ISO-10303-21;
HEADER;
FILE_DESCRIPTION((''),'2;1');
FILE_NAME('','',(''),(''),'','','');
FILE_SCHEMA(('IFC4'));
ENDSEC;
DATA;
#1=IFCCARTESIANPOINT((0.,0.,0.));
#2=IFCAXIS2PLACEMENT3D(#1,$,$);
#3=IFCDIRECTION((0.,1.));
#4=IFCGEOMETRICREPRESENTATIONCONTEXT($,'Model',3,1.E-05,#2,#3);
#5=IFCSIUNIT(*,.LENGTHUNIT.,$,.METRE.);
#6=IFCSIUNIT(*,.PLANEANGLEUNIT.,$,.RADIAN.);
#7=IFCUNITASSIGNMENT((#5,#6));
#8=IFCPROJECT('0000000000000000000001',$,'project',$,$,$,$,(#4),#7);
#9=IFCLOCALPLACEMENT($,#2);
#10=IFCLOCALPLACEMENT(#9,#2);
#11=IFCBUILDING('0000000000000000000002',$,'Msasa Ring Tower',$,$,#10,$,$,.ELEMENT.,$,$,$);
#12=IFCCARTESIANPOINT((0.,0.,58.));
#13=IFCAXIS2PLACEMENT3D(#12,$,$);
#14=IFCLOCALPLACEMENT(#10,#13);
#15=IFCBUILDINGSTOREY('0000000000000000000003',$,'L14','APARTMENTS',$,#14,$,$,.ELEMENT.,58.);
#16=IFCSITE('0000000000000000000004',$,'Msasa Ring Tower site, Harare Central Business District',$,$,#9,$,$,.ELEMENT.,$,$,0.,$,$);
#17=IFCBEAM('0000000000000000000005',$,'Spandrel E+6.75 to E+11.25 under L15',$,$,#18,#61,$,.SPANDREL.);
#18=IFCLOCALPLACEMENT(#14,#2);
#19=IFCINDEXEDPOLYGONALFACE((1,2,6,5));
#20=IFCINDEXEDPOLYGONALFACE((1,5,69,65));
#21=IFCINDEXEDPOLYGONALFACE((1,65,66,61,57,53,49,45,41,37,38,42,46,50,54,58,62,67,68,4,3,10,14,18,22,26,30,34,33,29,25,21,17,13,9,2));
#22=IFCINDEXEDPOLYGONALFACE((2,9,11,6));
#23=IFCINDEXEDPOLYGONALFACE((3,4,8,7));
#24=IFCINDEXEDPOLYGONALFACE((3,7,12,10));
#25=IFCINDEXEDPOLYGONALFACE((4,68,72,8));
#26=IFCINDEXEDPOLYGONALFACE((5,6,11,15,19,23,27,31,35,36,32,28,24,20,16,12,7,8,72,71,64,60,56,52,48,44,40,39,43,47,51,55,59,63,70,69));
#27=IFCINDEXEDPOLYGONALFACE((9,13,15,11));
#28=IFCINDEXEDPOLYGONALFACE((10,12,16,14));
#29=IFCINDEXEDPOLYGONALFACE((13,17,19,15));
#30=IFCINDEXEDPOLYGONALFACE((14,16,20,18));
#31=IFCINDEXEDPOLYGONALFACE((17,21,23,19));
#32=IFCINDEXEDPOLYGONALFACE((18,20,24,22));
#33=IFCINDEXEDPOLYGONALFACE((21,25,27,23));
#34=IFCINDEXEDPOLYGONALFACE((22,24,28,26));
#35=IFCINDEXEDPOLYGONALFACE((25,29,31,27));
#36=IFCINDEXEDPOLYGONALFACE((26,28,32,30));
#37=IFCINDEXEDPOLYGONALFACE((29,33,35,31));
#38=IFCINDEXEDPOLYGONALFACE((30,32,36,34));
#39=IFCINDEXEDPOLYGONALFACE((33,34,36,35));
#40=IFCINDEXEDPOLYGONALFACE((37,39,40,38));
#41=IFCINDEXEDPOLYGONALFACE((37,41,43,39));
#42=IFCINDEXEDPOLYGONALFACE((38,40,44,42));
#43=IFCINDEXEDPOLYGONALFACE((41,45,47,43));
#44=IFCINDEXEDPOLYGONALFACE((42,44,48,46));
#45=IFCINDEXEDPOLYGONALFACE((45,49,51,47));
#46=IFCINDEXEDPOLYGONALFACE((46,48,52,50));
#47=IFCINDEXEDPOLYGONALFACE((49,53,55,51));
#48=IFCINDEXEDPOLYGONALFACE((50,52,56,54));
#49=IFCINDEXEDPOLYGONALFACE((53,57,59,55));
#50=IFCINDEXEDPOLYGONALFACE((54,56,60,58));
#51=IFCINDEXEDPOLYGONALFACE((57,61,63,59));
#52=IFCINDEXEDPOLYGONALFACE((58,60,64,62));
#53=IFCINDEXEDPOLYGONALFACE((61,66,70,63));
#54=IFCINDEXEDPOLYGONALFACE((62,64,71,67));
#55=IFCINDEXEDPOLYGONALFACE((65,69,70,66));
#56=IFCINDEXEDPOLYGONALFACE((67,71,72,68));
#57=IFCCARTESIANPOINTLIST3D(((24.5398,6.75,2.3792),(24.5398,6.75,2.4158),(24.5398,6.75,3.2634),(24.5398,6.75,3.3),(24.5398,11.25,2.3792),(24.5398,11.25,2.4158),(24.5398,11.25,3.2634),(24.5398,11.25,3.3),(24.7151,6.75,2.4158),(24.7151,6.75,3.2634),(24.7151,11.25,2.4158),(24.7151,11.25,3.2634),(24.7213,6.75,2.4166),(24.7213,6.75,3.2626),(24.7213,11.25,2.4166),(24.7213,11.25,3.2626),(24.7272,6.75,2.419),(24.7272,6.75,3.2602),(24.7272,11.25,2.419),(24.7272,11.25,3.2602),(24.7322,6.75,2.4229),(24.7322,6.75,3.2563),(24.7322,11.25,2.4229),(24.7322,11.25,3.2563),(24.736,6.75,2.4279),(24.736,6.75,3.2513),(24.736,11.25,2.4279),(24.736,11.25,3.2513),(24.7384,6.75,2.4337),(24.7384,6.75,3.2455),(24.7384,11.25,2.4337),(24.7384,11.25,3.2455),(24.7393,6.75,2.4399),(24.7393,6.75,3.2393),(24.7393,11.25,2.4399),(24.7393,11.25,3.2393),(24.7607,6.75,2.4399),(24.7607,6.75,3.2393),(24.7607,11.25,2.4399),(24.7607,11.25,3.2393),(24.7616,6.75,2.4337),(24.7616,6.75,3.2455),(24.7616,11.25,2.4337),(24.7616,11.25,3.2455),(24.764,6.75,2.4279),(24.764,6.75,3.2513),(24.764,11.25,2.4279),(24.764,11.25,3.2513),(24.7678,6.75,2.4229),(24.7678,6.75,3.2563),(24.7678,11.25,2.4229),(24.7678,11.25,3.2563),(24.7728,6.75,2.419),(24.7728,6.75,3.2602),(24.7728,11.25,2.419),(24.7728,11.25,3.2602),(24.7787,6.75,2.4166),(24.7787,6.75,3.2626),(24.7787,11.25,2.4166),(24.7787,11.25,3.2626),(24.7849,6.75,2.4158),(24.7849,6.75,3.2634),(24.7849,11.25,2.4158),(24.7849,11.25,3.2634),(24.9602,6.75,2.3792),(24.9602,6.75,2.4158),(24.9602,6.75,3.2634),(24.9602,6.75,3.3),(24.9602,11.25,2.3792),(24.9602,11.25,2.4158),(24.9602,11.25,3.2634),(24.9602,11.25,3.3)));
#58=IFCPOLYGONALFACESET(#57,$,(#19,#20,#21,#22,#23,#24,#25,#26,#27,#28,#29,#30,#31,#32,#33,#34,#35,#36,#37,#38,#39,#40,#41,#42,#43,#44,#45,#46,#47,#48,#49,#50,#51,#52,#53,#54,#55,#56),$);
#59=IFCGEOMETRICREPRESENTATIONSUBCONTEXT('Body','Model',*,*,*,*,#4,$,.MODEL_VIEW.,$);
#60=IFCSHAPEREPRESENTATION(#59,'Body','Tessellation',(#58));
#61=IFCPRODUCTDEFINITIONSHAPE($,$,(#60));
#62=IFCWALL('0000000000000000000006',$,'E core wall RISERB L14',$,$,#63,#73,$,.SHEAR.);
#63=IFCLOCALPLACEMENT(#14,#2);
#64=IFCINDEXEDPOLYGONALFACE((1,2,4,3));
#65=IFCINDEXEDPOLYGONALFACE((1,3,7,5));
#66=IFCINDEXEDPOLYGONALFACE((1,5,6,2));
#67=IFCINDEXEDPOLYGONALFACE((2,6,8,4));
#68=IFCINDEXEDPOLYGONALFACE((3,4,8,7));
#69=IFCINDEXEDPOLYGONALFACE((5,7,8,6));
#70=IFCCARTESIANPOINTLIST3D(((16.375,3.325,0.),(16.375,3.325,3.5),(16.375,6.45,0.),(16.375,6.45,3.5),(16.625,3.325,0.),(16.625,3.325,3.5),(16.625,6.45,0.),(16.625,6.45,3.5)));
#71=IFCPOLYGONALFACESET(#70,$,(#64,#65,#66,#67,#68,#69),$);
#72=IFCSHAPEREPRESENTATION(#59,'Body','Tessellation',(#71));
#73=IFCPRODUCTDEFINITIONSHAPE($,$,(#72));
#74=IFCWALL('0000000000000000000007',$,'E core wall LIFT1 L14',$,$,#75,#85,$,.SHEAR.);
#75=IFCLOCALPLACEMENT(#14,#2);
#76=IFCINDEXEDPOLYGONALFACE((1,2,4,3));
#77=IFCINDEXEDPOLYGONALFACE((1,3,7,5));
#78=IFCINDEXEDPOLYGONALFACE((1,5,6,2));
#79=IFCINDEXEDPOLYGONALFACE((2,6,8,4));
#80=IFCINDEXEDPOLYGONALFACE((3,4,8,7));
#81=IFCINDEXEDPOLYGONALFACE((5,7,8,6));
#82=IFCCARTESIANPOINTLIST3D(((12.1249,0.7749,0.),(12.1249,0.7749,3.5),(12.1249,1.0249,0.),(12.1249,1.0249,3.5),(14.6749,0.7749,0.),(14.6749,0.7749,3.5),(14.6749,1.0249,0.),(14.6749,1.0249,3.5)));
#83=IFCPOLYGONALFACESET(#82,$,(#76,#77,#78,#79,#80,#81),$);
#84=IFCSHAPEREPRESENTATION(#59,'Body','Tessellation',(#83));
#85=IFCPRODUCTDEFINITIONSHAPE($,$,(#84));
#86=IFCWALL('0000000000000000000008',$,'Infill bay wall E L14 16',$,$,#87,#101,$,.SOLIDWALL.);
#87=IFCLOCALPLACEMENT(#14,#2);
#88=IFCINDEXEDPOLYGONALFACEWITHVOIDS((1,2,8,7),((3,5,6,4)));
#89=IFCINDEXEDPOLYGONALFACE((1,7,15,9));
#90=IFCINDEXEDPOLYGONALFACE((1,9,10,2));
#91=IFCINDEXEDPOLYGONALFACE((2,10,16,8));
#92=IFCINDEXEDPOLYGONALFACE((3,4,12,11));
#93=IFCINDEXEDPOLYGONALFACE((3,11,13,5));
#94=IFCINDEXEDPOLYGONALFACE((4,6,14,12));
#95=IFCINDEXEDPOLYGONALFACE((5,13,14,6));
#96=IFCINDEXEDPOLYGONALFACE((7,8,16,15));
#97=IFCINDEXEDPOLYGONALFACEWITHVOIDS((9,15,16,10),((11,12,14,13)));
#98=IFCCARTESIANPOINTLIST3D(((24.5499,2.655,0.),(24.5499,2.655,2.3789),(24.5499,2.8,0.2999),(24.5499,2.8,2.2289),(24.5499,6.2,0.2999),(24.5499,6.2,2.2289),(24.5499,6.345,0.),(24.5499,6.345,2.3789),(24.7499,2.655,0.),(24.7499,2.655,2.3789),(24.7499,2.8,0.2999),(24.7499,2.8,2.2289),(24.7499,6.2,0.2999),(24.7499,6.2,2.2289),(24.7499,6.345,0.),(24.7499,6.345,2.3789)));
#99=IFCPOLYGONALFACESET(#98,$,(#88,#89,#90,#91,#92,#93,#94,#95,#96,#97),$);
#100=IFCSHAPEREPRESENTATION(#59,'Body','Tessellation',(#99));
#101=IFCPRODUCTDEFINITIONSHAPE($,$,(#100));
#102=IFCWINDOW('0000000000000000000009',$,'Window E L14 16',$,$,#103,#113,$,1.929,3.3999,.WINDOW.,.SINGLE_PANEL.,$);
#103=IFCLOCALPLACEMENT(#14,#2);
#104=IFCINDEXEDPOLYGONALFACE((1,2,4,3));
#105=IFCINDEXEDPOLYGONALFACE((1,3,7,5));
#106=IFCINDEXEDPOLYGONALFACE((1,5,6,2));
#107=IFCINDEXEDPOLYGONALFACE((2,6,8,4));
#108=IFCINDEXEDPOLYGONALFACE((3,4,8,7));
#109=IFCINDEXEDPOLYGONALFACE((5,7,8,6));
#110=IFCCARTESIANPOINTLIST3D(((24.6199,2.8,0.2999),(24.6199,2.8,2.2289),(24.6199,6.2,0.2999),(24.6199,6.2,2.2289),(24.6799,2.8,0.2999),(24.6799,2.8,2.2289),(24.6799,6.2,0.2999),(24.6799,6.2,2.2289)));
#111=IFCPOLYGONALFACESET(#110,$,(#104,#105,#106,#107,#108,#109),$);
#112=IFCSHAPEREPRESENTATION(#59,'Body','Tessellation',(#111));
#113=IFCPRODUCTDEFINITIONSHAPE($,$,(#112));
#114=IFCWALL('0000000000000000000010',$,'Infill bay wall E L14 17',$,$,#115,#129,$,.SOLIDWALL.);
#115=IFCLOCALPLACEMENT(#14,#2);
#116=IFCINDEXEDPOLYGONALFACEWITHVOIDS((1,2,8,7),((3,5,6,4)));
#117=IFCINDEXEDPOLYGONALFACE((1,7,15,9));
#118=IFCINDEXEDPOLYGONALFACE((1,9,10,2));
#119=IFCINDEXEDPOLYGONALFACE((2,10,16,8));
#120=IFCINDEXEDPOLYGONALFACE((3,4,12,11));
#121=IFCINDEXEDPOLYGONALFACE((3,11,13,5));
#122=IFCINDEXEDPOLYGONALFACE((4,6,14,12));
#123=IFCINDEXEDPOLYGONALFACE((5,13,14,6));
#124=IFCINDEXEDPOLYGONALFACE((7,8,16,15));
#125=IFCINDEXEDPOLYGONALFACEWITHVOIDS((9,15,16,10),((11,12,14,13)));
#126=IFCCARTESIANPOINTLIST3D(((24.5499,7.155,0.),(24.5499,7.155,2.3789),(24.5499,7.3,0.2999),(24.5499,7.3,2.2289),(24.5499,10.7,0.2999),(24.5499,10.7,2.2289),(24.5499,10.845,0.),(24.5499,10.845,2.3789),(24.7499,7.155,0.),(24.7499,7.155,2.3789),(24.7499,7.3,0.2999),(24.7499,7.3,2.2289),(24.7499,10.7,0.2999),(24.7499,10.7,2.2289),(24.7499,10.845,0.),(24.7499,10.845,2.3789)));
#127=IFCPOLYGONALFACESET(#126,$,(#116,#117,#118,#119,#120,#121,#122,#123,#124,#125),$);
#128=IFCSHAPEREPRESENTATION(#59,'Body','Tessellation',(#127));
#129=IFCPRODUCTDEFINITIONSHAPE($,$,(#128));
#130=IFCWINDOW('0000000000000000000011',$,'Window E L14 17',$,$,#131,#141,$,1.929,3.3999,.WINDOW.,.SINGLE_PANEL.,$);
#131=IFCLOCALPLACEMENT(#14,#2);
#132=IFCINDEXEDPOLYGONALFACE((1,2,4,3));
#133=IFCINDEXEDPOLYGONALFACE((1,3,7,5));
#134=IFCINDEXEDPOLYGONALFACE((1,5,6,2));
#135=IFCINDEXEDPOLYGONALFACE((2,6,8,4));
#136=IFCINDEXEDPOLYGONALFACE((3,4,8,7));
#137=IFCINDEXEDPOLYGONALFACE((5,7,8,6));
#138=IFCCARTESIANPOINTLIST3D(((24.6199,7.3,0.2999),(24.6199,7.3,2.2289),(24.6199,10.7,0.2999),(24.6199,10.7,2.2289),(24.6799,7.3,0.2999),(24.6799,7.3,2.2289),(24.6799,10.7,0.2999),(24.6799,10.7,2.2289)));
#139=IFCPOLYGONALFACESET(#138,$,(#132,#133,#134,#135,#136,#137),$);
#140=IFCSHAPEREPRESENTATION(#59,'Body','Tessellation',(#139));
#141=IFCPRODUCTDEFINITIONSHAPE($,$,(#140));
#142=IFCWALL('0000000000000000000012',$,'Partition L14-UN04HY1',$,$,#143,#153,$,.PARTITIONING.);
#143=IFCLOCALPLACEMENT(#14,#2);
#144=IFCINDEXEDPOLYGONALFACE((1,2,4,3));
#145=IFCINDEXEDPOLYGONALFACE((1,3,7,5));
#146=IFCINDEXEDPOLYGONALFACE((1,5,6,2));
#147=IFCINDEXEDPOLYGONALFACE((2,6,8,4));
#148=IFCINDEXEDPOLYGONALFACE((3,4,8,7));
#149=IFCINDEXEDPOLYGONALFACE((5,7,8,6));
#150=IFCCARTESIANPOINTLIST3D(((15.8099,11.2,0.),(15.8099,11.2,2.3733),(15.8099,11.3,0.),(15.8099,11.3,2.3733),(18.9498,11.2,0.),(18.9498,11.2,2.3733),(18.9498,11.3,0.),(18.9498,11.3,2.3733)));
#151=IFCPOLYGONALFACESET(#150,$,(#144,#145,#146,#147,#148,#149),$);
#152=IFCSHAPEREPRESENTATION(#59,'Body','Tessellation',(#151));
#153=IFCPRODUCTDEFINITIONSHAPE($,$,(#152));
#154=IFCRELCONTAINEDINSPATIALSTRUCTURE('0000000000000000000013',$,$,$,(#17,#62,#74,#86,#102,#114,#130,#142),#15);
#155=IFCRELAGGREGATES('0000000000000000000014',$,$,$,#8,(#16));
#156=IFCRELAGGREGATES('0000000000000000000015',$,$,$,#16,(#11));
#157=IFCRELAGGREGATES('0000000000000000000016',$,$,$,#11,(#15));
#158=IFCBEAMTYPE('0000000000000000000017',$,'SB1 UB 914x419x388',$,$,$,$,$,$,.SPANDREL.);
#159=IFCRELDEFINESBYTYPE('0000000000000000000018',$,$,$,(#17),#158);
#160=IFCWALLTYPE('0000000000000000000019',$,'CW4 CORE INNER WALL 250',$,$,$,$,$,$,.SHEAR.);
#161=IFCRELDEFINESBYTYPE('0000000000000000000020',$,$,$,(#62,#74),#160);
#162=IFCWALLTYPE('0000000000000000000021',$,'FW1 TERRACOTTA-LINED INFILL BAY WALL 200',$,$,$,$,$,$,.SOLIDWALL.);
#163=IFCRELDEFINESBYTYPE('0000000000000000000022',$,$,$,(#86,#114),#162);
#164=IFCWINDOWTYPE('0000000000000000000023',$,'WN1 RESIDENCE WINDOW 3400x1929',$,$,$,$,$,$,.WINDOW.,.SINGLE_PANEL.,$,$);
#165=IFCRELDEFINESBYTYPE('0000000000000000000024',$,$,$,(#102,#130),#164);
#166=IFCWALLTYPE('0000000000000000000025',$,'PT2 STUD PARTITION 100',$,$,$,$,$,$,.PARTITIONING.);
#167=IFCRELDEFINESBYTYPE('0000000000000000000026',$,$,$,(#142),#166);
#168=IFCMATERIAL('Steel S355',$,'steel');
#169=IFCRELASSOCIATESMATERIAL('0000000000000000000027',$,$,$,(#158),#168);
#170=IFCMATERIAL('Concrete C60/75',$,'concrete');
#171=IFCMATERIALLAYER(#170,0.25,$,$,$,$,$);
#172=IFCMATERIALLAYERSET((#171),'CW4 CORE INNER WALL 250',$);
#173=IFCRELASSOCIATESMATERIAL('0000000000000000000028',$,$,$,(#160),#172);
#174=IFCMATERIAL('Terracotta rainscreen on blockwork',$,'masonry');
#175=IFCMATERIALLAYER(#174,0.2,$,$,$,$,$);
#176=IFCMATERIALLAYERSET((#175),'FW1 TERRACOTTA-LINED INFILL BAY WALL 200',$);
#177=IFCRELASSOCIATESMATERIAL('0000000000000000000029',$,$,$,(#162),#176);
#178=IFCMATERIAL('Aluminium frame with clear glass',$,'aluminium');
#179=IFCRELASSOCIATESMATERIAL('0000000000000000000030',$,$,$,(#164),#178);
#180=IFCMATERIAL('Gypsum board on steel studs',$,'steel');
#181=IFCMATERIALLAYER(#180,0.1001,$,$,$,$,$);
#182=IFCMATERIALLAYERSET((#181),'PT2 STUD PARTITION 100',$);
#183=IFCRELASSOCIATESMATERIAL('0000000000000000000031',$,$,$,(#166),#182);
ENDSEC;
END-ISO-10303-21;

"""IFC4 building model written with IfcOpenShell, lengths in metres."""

from ifc_helpers import new_model, si_unit, direction, frame, frame_2d, origin, origin_2d, place, context, subcontext, project, spatial, rectangle, i_section, extrude, material, layer, layer_set, material_profile, profile_set, type_object, element, fill, save


model = new_model("IFC4")

# Units and contexts
model_context = context("Model", 3, precision=1e-05, world=origin(), true_north=direction((0.0, 1.0)))
body_context = subcontext(model_context, "Body", "Model", "MODEL_VIEW")
ifc_project = project(units=[si_unit("LENGTHUNIT", "METRE"), si_unit("PLANEANGLEUNIT", "RADIAN")], contexts=[model_context])

# Site, building, storey
site_placement = place(None, origin())
site = spatial("IfcSite", under=ifc_project, at=site_placement, Name="Msasa Ring Tower site, Harare Central Business District", CompositionType="ELEMENT", RefElevation=0.0)
building_placement = place(site_placement, origin())
building = spatial("IfcBuilding", under=site, at=building_placement, Name="Msasa Ring Tower", CompositionType="ELEMENT")
storey_placement = place(building_placement, frame((0.0, 0.0, 58.0)))
storey = spatial("IfcBuildingStorey", under=building, at=storey_placement, Name="L14", Description="APARTMENTS", CompositionType="ELEMENT", Elevation=58.0)

# Beam
ifc_material_1 = material(Name="Steel S355", Category="steel")
ifc_material_profile_1 = material_profile(ifc_material_1, i_section(OverallWidth=0.4204, OverallDepth=0.9209, WebThickness=0.0215, FlangeThickness=0.0366, FilletRadius=0.0242, at=origin_2d()), Name="UB 914x419x388")
ifc_profile_set_1 = profile_set([ifc_material_profile_1], Name="Steel S355")
beam_type_1 = type_object("IfcBeamType", Name="SB1 UB 914x419x388", PredefinedType="SPANDREL", material=ifc_profile_set_1)
for number, where, z_axis, x_axis, name in (
    (1, (24.75, 6.75, 2.8396), (0.0, 1.0, 0.0), (-1.0, 0.0, 0.0), "Spandrel E+6.75 to E+11.25 under L15"),
):
    element("IfcBeam", number, at=place(storey_placement, frame(where, z_axis=z_axis, x_axis=x_axis)), inside=storey, type_object=beam_type_1, Name=name, PredefinedType="SPANDREL", context=body_context, shape_type="SweptSolid", body=[
        extrude(i_section(OverallWidth=0.4204, OverallDepth=0.9209, WebThickness=0.0215, FlangeThickness=0.0366, FilletRadius=0.0242, at=origin_2d()), origin(), (0.0, 0.0, 1.0), 4.5),
    ])

# Walls
ifc_material_2 = material(Name="Concrete C60/75", Category="concrete")
ifc_layer_1 = layer(ifc_material_2, 0.25)
ifc_layer_set_1 = layer_set([ifc_layer_1], Name="CW4 CORE INNER WALL 250")
wall_type_1 = type_object("IfcWallType", Name="CW4 CORE INNER WALL 250", PredefinedType="SHEAR", material=ifc_layer_set_1)
wall_1_placement = place(storey_placement, frame((16.5, 3.325, 0.0), z_axis=(0.0, 0.0, 1.0), x_axis=(0.0, 1.0, 0.0)))
element("IfcWall", 2, at=wall_1_placement, inside=storey, type_object=wall_type_1, Name="E core wall RISERB L14", PredefinedType="SHEAR", context=body_context, shape_type="SweptSolid", body=[
    extrude(rectangle(XDim=3.125, YDim=0.25, at=frame_2d((1.5625, 0.0))), origin(), (0.0, 0.0, 1.0), 3.5),
])
wall_2_placement = place(storey_placement, frame((12.125, 0.8999, 0.0), z_axis=(0.0, 0.0, 1.0), x_axis=(1.0, 0.0, 0.0)))
element("IfcWall", 3, at=wall_2_placement, inside=storey, type_object=wall_type_1, Name="E core wall LIFT1 L14", PredefinedType="SHEAR", context=body_context, shape_type="SweptSolid", body=[
    extrude(rectangle(XDim=2.55, YDim=0.25, at=frame_2d((1.2749, 0.0))), origin(), (0.0, 0.0, 1.0), 3.5),
])

# Walls, openings, windows
ifc_material_3 = material(Name="Terracotta rainscreen on blockwork", Category="masonry")
ifc_layer_2 = layer(ifc_material_3, 0.2)
ifc_layer_set_2 = layer_set([ifc_layer_2], Name="FW1 TERRACOTTA-LINED INFILL BAY WALL 200")
wall_type_2 = type_object("IfcWallType", Name="FW1 TERRACOTTA-LINED INFILL BAY WALL 200", PredefinedType="SOLIDWALL", material=ifc_layer_set_2)
wall_3_placement = place(storey_placement, frame((24.6499, 2.655, 0.0), z_axis=(0.0, 0.0, 1.0), x_axis=(0.0, 1.0, 0.0)))
wall_3 = element("IfcWall", 4, at=wall_3_placement, inside=storey, type_object=wall_type_2, Name="Infill bay wall E L14 16", PredefinedType="SOLIDWALL", context=body_context, shape_type="SweptSolid", body=[
    extrude(rectangle(XDim=3.6899, YDim=0.2, at=frame_2d((1.845, 0.0))), origin(), (0.0, 0.0, 1.0), 2.3789),
])
opening_1_placement = place(wall_3_placement, frame((0.145, 0.0, 0.3)))
opening_1 = element("IfcOpeningElement", 5, at=opening_1_placement, cuts=wall_3, PredefinedType="OPENING", context=body_context, shape_type="SweptSolid", body=[
    extrude(rectangle(XDim=3.3999, YDim=1.929, at=frame_2d((1.7, 0.9644))), frame((0.0, 0.1099, 0.0), z_axis=(0.0, -1.0, 0.0), x_axis=(1.0, 0.0, 0.0)), (0.0, 0.0, 1.0), 0.22),
])
ifc_material_4 = material(Name="Aluminium frame with clear glass", Category="aluminium")
window_type = type_object("IfcWindowType", Name="WN1 RESIDENCE WINDOW 3400x1929", PartitioningType="SINGLE_PANEL", PredefinedType="WINDOW", material=ifc_material_4)
window_1_placement = place(opening_1_placement, origin())
window_1 = element("IfcWindow", 6, at=window_1_placement, inside=storey, type_object=window_type, Name="Window E L14 16", OverallHeight=1.929, OverallWidth=3.3999, PartitioningType="SINGLE_PANEL", PredefinedType="WINDOW", context=body_context, shape_type="SweptSolid", body=[
    extrude(rectangle(XDim=3.3999, YDim=1.929, at=frame_2d((1.7, 0.9644))), frame((0.0, 0.03, 0.0), z_axis=(0.0, -1.0, 0.0), x_axis=(1.0, 0.0, 0.0)), (0.0, 0.0, 1.0), 0.0601),
])
fill(opening_1, window_1)
wall_4_placement = place(storey_placement, frame((24.6499, 7.155, 0.0), z_axis=(0.0, 0.0, 1.0), x_axis=(0.0, 1.0, 0.0)))
wall_4 = element("IfcWall", 7, at=wall_4_placement, inside=storey, type_object=wall_type_2, Name="Infill bay wall E L14 17", PredefinedType="SOLIDWALL", context=body_context, shape_type="SweptSolid", body=[
    extrude(rectangle(XDim=3.6899, YDim=0.2, at=frame_2d((1.845, 0.0))), origin(), (0.0, 0.0, 1.0), 2.3789),
])
opening_2_placement = place(wall_4_placement, frame((0.145, 0.0, 0.3)))
opening_2 = element("IfcOpeningElement", 8, at=opening_2_placement, cuts=wall_4, PredefinedType="OPENING", context=body_context, shape_type="SweptSolid", body=[
    extrude(rectangle(XDim=3.3999, YDim=1.929, at=frame_2d((1.7, 0.9644))), frame((0.0, 0.1099, 0.0), z_axis=(0.0, -1.0, 0.0), x_axis=(1.0, 0.0, 0.0)), (0.0, 0.0, 1.0), 0.22),
])
window_2_placement = place(opening_2_placement, origin())
window_2 = element("IfcWindow", 9, at=window_2_placement, inside=storey, type_object=window_type, Name="Window E L14 17", OverallHeight=1.929, OverallWidth=3.3999, PartitioningType="SINGLE_PANEL", PredefinedType="WINDOW", context=body_context, shape_type="SweptSolid", body=[
    extrude(rectangle(XDim=3.3999, YDim=1.929, at=frame_2d((1.7, 0.9644))), frame((0.0, 0.03, 0.0), z_axis=(0.0, -1.0, 0.0), x_axis=(1.0, 0.0, 0.0)), (0.0, 0.0, 1.0), 0.0601),
])
fill(opening_2, window_2)

# Wall
ifc_material_5 = material(Name="Gypsum board on steel studs", Category="steel")
ifc_layer_3 = layer(ifc_material_5, 0.1001)
ifc_layer_set_3 = layer_set([ifc_layer_3], Name="PT2 STUD PARTITION 100")
wall_type_3 = type_object("IfcWallType", Name="PT2 STUD PARTITION 100", PredefinedType="PARTITIONING", material=ifc_layer_set_3)
wall_5_placement = place(storey_placement, frame((15.8101, 11.25, 0.0), z_axis=(0.0, 0.0, 1.0), x_axis=(1.0, 0.0, 0.0)))
element("IfcWall", 10, at=wall_5_placement, inside=storey, type_object=wall_type_3, Name="Partition L14-UN04HY1", PredefinedType="PARTITIONING", context=body_context, shape_type="SweptSolid", body=[
    extrude(rectangle(XDim=3.1399, YDim=0.1001, at=frame_2d((1.5698, 0.0))), origin(), (0.0, 0.0, 1.0), 2.3733),
])

save(model, "model.ifc")
